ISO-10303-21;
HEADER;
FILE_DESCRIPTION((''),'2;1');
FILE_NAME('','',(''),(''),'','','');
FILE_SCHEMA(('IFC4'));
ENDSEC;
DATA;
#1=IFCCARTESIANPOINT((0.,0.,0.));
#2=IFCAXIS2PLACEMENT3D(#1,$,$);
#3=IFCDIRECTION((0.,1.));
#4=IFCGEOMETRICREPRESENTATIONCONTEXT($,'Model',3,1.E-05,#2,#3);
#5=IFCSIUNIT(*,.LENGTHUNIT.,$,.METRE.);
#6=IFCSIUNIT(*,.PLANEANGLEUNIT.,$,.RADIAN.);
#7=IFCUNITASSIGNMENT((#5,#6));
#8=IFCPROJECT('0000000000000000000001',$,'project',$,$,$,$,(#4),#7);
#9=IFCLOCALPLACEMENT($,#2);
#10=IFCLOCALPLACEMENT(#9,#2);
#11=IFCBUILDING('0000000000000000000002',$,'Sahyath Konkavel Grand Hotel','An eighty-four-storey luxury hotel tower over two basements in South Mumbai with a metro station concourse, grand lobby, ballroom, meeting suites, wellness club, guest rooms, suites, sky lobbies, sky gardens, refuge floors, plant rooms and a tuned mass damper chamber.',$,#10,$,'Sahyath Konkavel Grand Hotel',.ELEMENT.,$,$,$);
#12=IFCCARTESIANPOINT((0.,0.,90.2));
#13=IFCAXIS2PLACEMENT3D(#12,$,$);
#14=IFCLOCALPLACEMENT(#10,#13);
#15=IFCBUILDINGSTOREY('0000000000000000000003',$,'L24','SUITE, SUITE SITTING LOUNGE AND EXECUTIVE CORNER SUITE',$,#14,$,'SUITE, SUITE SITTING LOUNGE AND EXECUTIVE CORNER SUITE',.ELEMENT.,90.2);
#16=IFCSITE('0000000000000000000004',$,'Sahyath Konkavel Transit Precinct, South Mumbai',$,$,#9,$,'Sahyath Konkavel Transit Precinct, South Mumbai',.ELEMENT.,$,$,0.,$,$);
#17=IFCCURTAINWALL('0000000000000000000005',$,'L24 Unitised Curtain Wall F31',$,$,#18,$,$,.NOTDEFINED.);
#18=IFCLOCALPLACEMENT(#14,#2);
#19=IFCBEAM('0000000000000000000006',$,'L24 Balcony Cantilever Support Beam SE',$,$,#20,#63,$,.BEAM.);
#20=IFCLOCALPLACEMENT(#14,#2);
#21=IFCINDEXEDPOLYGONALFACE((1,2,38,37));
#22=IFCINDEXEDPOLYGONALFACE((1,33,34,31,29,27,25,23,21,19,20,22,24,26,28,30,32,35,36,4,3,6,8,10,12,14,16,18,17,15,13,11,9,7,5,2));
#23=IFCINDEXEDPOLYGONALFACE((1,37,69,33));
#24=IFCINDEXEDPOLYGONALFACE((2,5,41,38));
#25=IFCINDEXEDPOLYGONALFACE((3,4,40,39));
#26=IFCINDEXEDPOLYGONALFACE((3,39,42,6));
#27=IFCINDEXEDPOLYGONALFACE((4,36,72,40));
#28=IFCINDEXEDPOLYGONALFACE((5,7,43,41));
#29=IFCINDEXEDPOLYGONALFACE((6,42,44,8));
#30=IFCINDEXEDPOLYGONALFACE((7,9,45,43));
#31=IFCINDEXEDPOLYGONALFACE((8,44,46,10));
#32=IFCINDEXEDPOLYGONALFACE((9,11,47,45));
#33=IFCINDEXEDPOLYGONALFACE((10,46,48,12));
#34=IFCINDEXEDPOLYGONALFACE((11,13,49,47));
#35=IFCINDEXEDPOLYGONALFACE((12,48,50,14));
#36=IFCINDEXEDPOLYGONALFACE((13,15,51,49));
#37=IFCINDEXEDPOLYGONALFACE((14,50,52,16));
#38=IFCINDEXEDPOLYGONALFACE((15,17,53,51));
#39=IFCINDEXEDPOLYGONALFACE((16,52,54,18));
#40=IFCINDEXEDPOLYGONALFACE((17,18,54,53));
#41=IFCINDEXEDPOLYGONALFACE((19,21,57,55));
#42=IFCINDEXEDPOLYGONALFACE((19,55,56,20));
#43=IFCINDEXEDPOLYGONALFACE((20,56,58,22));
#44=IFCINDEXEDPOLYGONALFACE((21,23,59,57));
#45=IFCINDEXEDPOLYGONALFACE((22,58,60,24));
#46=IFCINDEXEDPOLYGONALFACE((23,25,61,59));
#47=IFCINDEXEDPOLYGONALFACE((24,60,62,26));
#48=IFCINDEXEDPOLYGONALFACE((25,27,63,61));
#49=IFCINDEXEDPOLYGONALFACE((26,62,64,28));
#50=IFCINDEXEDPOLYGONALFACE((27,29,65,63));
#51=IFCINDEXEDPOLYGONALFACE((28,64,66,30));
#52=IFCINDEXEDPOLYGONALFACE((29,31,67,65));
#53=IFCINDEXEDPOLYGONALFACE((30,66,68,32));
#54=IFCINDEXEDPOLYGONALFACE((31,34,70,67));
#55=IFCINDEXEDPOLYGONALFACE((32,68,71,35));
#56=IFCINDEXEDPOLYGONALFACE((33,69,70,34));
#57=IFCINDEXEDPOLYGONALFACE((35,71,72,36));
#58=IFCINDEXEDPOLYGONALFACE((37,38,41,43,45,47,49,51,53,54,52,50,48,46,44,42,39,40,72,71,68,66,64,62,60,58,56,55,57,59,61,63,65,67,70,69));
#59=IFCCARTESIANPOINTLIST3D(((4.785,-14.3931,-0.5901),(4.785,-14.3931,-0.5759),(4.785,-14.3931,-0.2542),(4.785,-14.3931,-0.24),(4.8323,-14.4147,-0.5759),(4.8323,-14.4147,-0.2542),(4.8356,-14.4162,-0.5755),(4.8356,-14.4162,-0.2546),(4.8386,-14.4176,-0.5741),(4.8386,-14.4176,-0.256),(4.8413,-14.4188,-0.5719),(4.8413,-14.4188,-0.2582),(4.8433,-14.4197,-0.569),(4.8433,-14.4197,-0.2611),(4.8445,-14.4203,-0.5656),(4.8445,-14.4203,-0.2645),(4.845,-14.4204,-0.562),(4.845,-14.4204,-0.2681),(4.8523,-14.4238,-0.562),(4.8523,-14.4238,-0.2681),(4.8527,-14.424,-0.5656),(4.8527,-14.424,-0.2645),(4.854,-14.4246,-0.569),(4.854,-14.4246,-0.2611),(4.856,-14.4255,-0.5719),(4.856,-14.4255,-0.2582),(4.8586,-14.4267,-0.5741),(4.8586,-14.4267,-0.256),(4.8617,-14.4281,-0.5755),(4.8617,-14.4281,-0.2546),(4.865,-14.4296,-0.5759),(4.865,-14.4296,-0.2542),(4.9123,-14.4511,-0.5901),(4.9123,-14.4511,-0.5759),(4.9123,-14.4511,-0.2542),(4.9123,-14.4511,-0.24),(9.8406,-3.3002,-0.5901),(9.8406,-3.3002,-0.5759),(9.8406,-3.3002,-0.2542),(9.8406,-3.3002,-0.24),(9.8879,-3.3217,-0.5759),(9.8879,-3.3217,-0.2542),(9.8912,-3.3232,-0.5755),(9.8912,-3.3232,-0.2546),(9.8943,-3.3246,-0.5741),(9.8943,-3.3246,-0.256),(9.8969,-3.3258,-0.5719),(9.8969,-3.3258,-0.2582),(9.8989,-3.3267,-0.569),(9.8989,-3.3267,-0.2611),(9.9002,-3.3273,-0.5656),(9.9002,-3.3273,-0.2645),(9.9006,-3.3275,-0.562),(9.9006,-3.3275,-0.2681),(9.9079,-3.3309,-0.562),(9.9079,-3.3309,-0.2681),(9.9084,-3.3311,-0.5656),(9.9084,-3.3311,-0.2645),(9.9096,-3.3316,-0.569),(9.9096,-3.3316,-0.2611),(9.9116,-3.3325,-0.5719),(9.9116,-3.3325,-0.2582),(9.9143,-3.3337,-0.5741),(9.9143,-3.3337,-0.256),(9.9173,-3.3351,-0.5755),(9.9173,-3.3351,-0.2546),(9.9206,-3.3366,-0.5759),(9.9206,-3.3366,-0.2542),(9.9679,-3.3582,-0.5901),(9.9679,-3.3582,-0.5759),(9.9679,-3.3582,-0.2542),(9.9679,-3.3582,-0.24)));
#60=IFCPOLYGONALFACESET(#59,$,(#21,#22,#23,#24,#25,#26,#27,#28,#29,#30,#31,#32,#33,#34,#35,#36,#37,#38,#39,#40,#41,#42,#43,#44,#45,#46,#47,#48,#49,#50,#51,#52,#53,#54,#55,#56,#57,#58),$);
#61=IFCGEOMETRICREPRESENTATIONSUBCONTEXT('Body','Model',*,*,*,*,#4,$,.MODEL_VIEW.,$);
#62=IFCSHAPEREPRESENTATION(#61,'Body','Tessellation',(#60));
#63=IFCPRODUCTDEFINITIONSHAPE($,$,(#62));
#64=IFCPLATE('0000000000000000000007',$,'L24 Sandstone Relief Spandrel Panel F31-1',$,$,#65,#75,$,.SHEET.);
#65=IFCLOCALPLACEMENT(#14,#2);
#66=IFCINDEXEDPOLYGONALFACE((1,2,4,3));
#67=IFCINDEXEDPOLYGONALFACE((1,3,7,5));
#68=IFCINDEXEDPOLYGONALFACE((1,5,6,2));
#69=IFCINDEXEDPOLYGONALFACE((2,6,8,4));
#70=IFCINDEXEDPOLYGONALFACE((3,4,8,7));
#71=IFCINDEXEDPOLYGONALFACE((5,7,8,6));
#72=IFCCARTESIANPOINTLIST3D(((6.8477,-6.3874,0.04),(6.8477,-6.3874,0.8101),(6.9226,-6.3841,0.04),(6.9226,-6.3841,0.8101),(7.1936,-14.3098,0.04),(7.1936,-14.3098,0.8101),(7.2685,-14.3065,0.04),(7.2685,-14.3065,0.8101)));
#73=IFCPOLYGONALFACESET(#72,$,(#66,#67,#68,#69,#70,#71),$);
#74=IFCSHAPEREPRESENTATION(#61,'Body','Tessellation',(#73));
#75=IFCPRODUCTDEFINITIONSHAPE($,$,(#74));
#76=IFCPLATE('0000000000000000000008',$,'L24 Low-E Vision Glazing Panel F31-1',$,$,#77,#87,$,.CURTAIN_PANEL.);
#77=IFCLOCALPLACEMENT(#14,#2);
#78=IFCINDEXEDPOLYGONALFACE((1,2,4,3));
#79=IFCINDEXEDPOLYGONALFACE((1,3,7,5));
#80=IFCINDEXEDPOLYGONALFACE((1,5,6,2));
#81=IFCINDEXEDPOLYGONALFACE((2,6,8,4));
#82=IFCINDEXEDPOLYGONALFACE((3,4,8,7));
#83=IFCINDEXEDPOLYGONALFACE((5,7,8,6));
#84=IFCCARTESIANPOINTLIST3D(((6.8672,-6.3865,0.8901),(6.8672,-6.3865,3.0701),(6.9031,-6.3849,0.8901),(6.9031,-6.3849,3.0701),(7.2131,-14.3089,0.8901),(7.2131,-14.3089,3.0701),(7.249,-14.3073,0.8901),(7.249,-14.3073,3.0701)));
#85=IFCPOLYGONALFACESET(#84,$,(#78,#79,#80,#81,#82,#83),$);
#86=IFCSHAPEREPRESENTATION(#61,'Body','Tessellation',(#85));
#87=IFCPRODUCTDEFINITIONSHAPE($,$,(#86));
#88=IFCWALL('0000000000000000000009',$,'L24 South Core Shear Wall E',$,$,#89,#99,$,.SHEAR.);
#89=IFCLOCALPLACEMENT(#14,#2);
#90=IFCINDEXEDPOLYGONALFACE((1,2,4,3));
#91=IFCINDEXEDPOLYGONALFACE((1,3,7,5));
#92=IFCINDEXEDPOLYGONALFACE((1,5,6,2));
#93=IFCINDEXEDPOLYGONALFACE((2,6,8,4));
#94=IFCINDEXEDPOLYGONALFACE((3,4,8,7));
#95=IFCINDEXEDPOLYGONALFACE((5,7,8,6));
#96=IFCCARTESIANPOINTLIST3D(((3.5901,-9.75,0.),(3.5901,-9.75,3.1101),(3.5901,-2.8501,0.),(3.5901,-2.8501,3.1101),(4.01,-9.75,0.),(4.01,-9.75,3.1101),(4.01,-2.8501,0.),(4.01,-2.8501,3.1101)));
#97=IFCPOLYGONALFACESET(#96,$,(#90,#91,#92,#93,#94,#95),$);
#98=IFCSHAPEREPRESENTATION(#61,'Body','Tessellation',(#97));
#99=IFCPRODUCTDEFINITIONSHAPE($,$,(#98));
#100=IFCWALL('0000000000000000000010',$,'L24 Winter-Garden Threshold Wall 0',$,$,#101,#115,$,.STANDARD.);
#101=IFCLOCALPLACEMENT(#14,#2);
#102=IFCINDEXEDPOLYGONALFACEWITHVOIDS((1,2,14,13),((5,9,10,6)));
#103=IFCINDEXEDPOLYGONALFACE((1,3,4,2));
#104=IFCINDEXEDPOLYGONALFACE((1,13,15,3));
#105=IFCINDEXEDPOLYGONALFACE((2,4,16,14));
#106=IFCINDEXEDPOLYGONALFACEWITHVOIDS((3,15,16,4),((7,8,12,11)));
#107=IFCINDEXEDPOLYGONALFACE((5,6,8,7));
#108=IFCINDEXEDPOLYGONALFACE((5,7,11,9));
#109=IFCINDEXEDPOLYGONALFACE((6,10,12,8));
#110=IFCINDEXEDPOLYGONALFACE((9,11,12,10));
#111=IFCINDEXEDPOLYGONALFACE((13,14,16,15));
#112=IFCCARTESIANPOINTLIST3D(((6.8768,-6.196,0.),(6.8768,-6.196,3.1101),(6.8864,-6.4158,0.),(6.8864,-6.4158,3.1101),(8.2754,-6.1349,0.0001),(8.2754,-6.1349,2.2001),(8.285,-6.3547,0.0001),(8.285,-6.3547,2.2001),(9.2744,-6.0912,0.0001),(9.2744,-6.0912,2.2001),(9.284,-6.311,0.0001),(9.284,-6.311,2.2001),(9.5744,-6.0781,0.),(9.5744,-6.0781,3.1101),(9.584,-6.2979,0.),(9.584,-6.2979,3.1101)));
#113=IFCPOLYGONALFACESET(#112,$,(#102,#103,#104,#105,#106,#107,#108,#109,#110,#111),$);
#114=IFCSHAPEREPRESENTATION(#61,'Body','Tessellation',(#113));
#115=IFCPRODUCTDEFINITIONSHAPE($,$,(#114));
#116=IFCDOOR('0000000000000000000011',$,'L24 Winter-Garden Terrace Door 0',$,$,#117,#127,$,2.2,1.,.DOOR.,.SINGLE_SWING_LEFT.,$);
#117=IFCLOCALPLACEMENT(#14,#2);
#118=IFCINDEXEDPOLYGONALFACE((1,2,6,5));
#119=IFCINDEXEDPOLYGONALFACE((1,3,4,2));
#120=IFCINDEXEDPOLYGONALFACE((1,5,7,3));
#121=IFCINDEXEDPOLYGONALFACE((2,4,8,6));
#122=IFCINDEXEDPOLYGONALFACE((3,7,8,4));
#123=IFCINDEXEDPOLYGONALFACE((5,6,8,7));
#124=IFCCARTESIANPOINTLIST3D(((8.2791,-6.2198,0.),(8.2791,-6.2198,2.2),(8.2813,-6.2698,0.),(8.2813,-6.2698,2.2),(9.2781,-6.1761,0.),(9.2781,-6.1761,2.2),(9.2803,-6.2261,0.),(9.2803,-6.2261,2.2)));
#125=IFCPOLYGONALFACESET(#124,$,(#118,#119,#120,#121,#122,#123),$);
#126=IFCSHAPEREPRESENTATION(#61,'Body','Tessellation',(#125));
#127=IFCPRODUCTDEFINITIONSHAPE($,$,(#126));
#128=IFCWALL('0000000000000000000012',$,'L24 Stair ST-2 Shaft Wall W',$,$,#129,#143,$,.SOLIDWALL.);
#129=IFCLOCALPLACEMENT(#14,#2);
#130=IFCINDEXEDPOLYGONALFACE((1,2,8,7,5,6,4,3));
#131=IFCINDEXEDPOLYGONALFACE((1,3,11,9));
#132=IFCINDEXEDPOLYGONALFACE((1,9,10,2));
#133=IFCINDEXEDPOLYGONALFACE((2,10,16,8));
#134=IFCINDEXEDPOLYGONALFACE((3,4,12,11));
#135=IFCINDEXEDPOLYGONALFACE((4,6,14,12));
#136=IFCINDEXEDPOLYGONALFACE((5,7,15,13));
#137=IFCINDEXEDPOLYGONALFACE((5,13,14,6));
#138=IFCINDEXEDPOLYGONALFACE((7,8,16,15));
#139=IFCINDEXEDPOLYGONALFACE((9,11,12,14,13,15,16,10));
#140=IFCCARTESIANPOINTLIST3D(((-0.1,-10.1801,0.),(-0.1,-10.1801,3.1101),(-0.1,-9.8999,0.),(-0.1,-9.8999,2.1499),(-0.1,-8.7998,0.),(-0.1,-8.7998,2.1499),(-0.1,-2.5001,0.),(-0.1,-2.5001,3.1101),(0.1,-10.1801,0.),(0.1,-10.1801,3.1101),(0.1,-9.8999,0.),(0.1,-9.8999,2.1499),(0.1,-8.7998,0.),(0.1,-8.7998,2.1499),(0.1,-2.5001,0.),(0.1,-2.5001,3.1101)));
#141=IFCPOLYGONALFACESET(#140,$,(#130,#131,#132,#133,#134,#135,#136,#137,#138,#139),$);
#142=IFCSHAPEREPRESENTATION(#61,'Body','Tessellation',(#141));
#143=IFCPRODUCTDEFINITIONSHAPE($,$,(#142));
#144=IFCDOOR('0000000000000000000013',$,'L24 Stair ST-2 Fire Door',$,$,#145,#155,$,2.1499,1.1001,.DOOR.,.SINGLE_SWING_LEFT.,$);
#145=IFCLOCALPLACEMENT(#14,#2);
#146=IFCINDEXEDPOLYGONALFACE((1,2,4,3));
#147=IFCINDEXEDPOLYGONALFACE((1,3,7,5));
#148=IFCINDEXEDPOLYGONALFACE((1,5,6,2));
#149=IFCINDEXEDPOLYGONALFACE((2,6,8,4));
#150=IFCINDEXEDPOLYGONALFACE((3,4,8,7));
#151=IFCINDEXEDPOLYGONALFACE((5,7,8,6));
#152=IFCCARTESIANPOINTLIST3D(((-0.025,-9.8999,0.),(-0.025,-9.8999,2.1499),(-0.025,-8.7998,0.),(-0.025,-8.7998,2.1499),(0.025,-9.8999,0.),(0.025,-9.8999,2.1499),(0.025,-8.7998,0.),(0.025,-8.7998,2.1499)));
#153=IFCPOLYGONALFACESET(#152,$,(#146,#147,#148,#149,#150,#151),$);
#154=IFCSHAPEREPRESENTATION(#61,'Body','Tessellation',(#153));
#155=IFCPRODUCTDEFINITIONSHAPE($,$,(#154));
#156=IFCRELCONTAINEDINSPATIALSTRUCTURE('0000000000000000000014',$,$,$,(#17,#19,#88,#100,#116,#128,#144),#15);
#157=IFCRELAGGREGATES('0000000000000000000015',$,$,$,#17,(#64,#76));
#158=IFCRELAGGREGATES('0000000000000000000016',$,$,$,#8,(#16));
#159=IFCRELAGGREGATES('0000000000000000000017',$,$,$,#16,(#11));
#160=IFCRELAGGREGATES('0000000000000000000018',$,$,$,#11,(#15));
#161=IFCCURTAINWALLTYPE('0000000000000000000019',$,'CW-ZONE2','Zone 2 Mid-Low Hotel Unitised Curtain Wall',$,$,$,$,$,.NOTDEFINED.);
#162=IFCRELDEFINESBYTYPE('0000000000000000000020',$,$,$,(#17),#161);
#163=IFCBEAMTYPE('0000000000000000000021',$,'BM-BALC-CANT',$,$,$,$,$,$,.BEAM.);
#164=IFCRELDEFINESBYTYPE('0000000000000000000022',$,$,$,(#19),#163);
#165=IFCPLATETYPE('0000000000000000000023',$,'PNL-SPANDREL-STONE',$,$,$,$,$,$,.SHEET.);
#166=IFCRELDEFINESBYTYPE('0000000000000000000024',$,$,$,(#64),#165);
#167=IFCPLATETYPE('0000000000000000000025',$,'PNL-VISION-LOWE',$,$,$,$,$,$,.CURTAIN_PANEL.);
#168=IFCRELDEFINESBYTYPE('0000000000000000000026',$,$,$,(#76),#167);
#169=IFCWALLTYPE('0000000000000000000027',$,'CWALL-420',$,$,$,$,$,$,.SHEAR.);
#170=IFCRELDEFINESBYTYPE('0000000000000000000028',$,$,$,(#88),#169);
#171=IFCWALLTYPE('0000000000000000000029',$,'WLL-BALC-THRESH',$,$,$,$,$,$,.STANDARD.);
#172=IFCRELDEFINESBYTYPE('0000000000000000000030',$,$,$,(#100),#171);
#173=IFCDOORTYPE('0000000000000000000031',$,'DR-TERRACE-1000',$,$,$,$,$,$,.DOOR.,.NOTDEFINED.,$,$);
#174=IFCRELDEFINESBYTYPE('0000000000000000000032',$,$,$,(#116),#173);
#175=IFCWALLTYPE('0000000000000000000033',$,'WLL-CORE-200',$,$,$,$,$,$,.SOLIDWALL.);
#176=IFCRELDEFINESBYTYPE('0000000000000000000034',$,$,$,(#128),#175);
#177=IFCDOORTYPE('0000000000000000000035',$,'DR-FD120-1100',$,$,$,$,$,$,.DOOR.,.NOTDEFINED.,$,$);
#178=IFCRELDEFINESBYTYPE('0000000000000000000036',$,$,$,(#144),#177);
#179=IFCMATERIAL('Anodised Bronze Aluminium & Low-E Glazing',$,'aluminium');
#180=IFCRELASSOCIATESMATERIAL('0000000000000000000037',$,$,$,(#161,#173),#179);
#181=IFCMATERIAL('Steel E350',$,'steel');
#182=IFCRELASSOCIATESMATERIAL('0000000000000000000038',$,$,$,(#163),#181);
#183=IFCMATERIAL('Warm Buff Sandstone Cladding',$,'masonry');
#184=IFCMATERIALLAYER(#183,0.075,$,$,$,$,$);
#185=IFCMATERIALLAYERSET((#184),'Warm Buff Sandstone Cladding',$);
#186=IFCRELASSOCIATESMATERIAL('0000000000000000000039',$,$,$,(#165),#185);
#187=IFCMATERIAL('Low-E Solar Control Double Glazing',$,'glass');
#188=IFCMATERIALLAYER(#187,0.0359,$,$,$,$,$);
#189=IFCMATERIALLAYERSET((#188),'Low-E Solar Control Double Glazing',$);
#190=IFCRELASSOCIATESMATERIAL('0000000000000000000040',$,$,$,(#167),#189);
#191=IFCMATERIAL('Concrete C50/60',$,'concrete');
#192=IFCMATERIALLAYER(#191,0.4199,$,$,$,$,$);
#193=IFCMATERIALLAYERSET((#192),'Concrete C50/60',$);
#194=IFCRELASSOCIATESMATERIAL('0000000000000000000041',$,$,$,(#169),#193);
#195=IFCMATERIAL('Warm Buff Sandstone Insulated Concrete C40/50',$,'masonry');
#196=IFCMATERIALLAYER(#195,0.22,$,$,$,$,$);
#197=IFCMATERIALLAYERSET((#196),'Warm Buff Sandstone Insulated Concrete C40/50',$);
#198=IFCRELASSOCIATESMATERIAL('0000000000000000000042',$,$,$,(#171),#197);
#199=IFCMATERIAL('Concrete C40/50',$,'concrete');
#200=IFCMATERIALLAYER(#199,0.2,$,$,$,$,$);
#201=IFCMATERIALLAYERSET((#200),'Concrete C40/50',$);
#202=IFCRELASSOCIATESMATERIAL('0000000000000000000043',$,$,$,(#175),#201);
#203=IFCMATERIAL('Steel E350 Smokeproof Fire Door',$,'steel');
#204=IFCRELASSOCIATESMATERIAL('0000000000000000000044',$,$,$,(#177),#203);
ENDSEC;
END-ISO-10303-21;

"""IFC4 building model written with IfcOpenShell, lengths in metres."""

from ifc_helpers import new_model, si_unit, direction, frame, frame_2d, origin, origin_2d, place, context, subcontext, project, spatial, rectangle, i_section, extrude, source, transform, mapped, material, layer, layer_set, material_profile, profile_set, type_object, element, fill, aggregate, save


model = new_model("IFC4")

# Units and contexts
model_context = context("Model", 3, precision=1e-05, world=origin(), true_north=direction((0.0, 1.0)))
body_context = subcontext(model_context, "Body", "Model", "MODEL_VIEW")
ifc_project = project(units=[si_unit("LENGTHUNIT", "METRE"), si_unit("PLANEANGLEUNIT", "RADIAN")], contexts=[model_context])

# Site, building, storey
site_placement = place(None, origin())
site = spatial("IfcSite", under=ifc_project, at=site_placement, Name="Sahyath Konkavel Transit Precinct, South Mumbai", LongName="Sahyath Konkavel Transit Precinct, South Mumbai", CompositionType="ELEMENT", RefElevation=0.0)
building_placement = place(site_placement, origin())
building = spatial("IfcBuilding", under=site, at=building_placement, Name="Sahyath Konkavel Grand Hotel", Description="An eighty-four-storey luxury hotel tower over two basements in South Mumbai with a metro station concourse, grand lobby, ballroom, meeting suites, wellness club, guest rooms, suites, sky lobbies, sky gardens, refuge floors, plant rooms and a tuned mass damper chamber.", LongName="Sahyath Konkavel Grand Hotel", CompositionType="ELEMENT")
storey_placement = place(building_placement, frame((0.0, 0.0, 90.2)))
storey = spatial("IfcBuildingStorey", under=building, at=storey_placement, Name="L24", Description="SUITE, SUITE SITTING LOUNGE AND EXECUTIVE CORNER SUITE", LongName="SUITE, SUITE SITTING LOUNGE AND EXECUTIVE CORNER SUITE", CompositionType="ELEMENT", Elevation=90.2)

# Shared definitions
ifc_material_1 = material(Name="Steel E350", Category="steel")

# Shared definitions
ifc_material_2 = material(Name="Anodised Bronze Aluminium & Low-E Glazing", Category="aluminium")
curtain_wall_type = type_object("IfcCurtainWallType", Name="CW-ZONE2", Description="Zone 2 Mid-Low Hotel Unitised Curtain Wall", PredefinedType="NOTDEFINED", material=ifc_material_2)

# Curtain wall
curtain_wall_1_placement = place(storey_placement, origin())
curtain_wall_1 = element("IfcCurtainWall", 1, at=curtain_wall_1_placement, inside=storey, type_object=curtain_wall_type, Name="L24 Unitised Curtain Wall F31", PredefinedType="NOTDEFINED")

# Beam
ifc_material_profile_1 = material_profile(ifc_material_1, i_section(OverallWidth=0.1399, OverallDepth=0.3501, WebThickness=0.0081, FlangeThickness=0.0142, FilletRadius=0.0139, at=origin_2d()), Name="ISMB 350")
ifc_profile_set_1 = profile_set([ifc_material_profile_1], Name="Steel E350")
beam_type_1 = type_object("IfcBeamType", Name="BM-BALC-CANT", PredefinedType="BEAM", material=ifc_profile_set_1)
shared_shape_1 = source(origin(), body_context, "Body", "SweptSolid", [
    extrude(i_section(OverallWidth=0.1399, OverallDepth=0.3501, WebThickness=0.0081, FlangeThickness=0.0142, FilletRadius=0.0139, at=origin_2d()), origin(), (0.0, 0.0, 1.0), 12.1907),
])
beam_1_placement = place(storey_placement, frame((4.8486, -14.4221, -0.415), z_axis=(0.414713, 0.909952, 0.0), x_axis=(-0.909952, 0.414713, 0.0)))
element("IfcBeam", 2, at=beam_1_placement, inside=storey, type_object=beam_type_1, Name="L24 Balcony Cantilever Support Beam SE", PredefinedType="BEAM", context=body_context, shape_type="MappedRepresentation", body=[
    mapped(shared_shape_1, transform((0.0, 0.0, 0.0), scale=1.0)),
])

# Plates
ifc_material_3 = material(Name="Warm Buff Sandstone Cladding", Category="masonry")
ifc_layer_1 = layer(ifc_material_3, 0.075)
ifc_layer_set_1 = layer_set([ifc_layer_1], Name="Warm Buff Sandstone Cladding")
plate_type_1 = type_object("IfcPlateType", Name="PNL-SPANDREL-STONE", PredefinedType="SHEET", material=ifc_layer_set_1)
shared_shape_2 = source(origin(), body_context, "Body", "SweptSolid", [
    extrude(rectangle(XDim=7.9299, YDim=0.075, at=origin_2d()), origin(), (0.0, 0.0, 1.0), 0.77),
])
plate_1_placement = place(storey_placement, frame((7.0581, -10.3469, 0.04), z_axis=(0.0, 0.0, 1.0), x_axis=(-0.043619, 0.999048, 0.0)))
plate_1 = element("IfcPlate", 3, at=plate_1_placement, type_object=plate_type_1, Name="L24 Sandstone Relief Spandrel Panel F31-1", PredefinedType="SHEET", context=body_context, shape_type="MappedRepresentation", body=[
    mapped(shared_shape_2, transform((0.0, 0.0, 0.0), scale=1.0)),
])
ifc_material_4 = material(Name="Low-E Solar Control Double Glazing", Category="glass")
ifc_layer_2 = layer(ifc_material_4, 0.0359)
ifc_layer_set_2 = layer_set([ifc_layer_2], Name="Low-E Solar Control Double Glazing")
plate_type_2 = type_object("IfcPlateType", Name="PNL-VISION-LOWE", PredefinedType="CURTAIN_PANEL", material=ifc_layer_set_2)
shared_shape_3 = source(origin(), body_context, "Body", "SweptSolid", [
    extrude(rectangle(XDim=7.9299, YDim=0.0359, at=origin_2d()), origin(), (0.0, 0.0, 1.0), 2.1799),
])
plate_2_placement = place(storey_placement, frame((7.0581, -10.3469, 0.8901), z_axis=(0.0, 0.0, 1.0), x_axis=(-0.043619, 0.999048, 0.0)))
plate_2 = element("IfcPlate", 4, at=plate_2_placement, type_object=plate_type_2, Name="L24 Low-E Vision Glazing Panel F31-1", PredefinedType="CURTAIN_PANEL", context=body_context, shape_type="MappedRepresentation", body=[
    mapped(shared_shape_3, transform((0.0, 0.0, 0.0), scale=1.0)),
])
aggregate(curtain_wall_1, [plate_1, plate_2])

# Wall
ifc_material_5 = material(Name="Concrete C50/60", Category="concrete")
ifc_layer_3 = layer(ifc_material_5, 0.4199)
ifc_layer_set_3 = layer_set([ifc_layer_3], Name="Concrete C50/60")
wall_type_1 = type_object("IfcWallType", Name="CWALL-420", PredefinedType="SHEAR", material=ifc_layer_set_3)
wall_1_placement = place(storey_placement, frame((3.8, -9.75, 0.0), z_axis=(0.0, 0.0, 1.0), x_axis=(0.0, 1.0, 0.0)))
element("IfcWall", 5, at=wall_1_placement, inside=storey, type_object=wall_type_1, Name="L24 South Core Shear Wall E", PredefinedType="SHEAR", context=body_context, shape_type="SweptSolid", body=[
    extrude(rectangle(XDim=6.8999, YDim=0.4199, at=frame_2d((3.45, 0.0))), origin(), (0.0, 0.0, 1.0), 3.1101),
])

# Walls, openings, doors
ifc_material_6 = material(Name="Warm Buff Sandstone Insulated Concrete C40/50", Category="masonry")
ifc_layer_4 = layer(ifc_material_6, 0.22)
ifc_layer_set_4 = layer_set([ifc_layer_4], Name="Warm Buff Sandstone Insulated Concrete C40/50")
wall_type_2 = type_object("IfcWallType", Name="WLL-BALC-THRESH", PredefinedType="STANDARD", material=ifc_layer_set_4)
wall_2_placement = place(storey_placement, frame((6.8816, -6.3059, 0.0), z_axis=(0.0, 0.0, 1.0), x_axis=(0.999046, 0.043673, 0.0)))
wall_2 = element("IfcWall", 6, at=wall_2_placement, inside=storey, type_object=wall_type_2, Name="L24 Winter-Garden Threshold Wall 0", PredefinedType="STANDARD", context=body_context, shape_type="SweptSolid", body=[
    extrude(rectangle(XDim=2.7002, YDim=0.22, at=frame_2d((1.3501, 0.0))), origin(), (0.0, 0.0, 1.0), 3.1101),
])
opening_1_placement = place(wall_2_placement, frame((1.3999, 0.0, 0.0)))
opening_1 = element("IfcOpeningElement", 7, at=opening_1_placement, cuts=wall_2, PredefinedType="OPENING", context=body_context, shape_type="SweptSolid", body=[
    extrude(rectangle(XDim=1.0, YDim=2.2, at=frame_2d((0.5, 1.1001))), frame((0.0, 0.1201, 0.0), z_axis=(0.0, -1.0, 0.0), x_axis=(1.0, 0.0, 0.0)), (0.0, 0.0, 1.0), 0.24),
])
door_type_1 = type_object("IfcDoorType", Name="DR-TERRACE-1000", OperationType="NOTDEFINED", PredefinedType="DOOR", material=ifc_material_2)
shared_shape_4 = source(origin(), body_context, "Body", "SweptSolid", [
    extrude(rectangle(XDim=1.0, YDim=0.05, at=origin_2d()), origin(), (0.0, 0.0, 1.0), 2.2),
])
door_1_placement = place(opening_1_placement, frame((0.5, 0.0, 0.0)))
door_1 = element("IfcDoor", 8, at=door_1_placement, inside=storey, type_object=door_type_1, Name="L24 Winter-Garden Terrace Door 0", OperationType="SINGLE_SWING_LEFT", OverallHeight=2.2, OverallWidth=1.0, PredefinedType="DOOR", context=body_context, shape_type="MappedRepresentation", body=[
    mapped(shared_shape_4, transform((0.0, 0.0, 0.0), scale=1.0)),
])
fill(opening_1, door_1)
ifc_material_7 = material(Name="Concrete C40/50", Category="concrete")
ifc_layer_5 = layer(ifc_material_7, 0.2)
ifc_layer_set_5 = layer_set([ifc_layer_5], Name="Concrete C40/50")
wall_type_3 = type_object("IfcWallType", Name="WLL-CORE-200", PredefinedType="SOLIDWALL", material=ifc_layer_set_5)
wall_3_placement = place(storey_placement, frame((0.0, -10.1799, 0.0), z_axis=(0.0, 0.0, 1.0), x_axis=(0.0, 1.0, 0.0)))
wall_3 = element("IfcWall", 9, at=wall_3_placement, inside=storey, type_object=wall_type_3, Name="L24 Stair ST-2 Shaft Wall W", PredefinedType="SOLIDWALL", context=body_context, shape_type="SweptSolid", body=[
    extrude(rectangle(XDim=7.6799, YDim=0.2, at=frame_2d((3.8398, 0.0))), origin(), (0.0, 0.0, 1.0), 3.1101),
])
opening_2_placement = place(wall_3_placement, frame((0.28, 0.0, 0.0)))
opening_2 = element("IfcOpeningElement", 10, at=opening_2_placement, cuts=wall_3, PredefinedType="OPENING", context=body_context, shape_type="SweptSolid", body=[
    extrude(rectangle(XDim=1.1001, YDim=2.1499, at=frame_2d((0.55, 1.075))), frame((0.0, 0.1099, 0.0), z_axis=(0.0, -1.0, 0.0), x_axis=(1.0, 0.0, 0.0)), (0.0, 0.0, 1.0), 0.22),
])
ifc_material_8 = material(Name="Steel E350 Smokeproof Fire Door", Category="steel")
door_type_2 = type_object("IfcDoorType", Name="DR-FD120-1100", OperationType="NOTDEFINED", PredefinedType="DOOR", material=ifc_material_8)
shared_shape_5 = source(origin(), body_context, "Body", "SweptSolid", [
    extrude(rectangle(XDim=1.1001, YDim=0.05, at=origin_2d()), origin(), (0.0, 0.0, 1.0), 2.1499),
])
door_2_placement = place(opening_2_placement, frame((0.55, 0.0, 0.0)))
door_2 = element("IfcDoor", 11, at=door_2_placement, inside=storey, type_object=door_type_2, Name="L24 Stair ST-2 Fire Door", OperationType="SINGLE_SWING_LEFT", OverallHeight=2.1499, OverallWidth=1.1001, PredefinedType="DOOR", context=body_context, shape_type="MappedRepresentation", body=[
    mapped(shared_shape_5, transform((0.0, 0.0, 0.0), scale=1.0)),
])
fill(opening_2, door_2)

save(model, "model.ifc")
